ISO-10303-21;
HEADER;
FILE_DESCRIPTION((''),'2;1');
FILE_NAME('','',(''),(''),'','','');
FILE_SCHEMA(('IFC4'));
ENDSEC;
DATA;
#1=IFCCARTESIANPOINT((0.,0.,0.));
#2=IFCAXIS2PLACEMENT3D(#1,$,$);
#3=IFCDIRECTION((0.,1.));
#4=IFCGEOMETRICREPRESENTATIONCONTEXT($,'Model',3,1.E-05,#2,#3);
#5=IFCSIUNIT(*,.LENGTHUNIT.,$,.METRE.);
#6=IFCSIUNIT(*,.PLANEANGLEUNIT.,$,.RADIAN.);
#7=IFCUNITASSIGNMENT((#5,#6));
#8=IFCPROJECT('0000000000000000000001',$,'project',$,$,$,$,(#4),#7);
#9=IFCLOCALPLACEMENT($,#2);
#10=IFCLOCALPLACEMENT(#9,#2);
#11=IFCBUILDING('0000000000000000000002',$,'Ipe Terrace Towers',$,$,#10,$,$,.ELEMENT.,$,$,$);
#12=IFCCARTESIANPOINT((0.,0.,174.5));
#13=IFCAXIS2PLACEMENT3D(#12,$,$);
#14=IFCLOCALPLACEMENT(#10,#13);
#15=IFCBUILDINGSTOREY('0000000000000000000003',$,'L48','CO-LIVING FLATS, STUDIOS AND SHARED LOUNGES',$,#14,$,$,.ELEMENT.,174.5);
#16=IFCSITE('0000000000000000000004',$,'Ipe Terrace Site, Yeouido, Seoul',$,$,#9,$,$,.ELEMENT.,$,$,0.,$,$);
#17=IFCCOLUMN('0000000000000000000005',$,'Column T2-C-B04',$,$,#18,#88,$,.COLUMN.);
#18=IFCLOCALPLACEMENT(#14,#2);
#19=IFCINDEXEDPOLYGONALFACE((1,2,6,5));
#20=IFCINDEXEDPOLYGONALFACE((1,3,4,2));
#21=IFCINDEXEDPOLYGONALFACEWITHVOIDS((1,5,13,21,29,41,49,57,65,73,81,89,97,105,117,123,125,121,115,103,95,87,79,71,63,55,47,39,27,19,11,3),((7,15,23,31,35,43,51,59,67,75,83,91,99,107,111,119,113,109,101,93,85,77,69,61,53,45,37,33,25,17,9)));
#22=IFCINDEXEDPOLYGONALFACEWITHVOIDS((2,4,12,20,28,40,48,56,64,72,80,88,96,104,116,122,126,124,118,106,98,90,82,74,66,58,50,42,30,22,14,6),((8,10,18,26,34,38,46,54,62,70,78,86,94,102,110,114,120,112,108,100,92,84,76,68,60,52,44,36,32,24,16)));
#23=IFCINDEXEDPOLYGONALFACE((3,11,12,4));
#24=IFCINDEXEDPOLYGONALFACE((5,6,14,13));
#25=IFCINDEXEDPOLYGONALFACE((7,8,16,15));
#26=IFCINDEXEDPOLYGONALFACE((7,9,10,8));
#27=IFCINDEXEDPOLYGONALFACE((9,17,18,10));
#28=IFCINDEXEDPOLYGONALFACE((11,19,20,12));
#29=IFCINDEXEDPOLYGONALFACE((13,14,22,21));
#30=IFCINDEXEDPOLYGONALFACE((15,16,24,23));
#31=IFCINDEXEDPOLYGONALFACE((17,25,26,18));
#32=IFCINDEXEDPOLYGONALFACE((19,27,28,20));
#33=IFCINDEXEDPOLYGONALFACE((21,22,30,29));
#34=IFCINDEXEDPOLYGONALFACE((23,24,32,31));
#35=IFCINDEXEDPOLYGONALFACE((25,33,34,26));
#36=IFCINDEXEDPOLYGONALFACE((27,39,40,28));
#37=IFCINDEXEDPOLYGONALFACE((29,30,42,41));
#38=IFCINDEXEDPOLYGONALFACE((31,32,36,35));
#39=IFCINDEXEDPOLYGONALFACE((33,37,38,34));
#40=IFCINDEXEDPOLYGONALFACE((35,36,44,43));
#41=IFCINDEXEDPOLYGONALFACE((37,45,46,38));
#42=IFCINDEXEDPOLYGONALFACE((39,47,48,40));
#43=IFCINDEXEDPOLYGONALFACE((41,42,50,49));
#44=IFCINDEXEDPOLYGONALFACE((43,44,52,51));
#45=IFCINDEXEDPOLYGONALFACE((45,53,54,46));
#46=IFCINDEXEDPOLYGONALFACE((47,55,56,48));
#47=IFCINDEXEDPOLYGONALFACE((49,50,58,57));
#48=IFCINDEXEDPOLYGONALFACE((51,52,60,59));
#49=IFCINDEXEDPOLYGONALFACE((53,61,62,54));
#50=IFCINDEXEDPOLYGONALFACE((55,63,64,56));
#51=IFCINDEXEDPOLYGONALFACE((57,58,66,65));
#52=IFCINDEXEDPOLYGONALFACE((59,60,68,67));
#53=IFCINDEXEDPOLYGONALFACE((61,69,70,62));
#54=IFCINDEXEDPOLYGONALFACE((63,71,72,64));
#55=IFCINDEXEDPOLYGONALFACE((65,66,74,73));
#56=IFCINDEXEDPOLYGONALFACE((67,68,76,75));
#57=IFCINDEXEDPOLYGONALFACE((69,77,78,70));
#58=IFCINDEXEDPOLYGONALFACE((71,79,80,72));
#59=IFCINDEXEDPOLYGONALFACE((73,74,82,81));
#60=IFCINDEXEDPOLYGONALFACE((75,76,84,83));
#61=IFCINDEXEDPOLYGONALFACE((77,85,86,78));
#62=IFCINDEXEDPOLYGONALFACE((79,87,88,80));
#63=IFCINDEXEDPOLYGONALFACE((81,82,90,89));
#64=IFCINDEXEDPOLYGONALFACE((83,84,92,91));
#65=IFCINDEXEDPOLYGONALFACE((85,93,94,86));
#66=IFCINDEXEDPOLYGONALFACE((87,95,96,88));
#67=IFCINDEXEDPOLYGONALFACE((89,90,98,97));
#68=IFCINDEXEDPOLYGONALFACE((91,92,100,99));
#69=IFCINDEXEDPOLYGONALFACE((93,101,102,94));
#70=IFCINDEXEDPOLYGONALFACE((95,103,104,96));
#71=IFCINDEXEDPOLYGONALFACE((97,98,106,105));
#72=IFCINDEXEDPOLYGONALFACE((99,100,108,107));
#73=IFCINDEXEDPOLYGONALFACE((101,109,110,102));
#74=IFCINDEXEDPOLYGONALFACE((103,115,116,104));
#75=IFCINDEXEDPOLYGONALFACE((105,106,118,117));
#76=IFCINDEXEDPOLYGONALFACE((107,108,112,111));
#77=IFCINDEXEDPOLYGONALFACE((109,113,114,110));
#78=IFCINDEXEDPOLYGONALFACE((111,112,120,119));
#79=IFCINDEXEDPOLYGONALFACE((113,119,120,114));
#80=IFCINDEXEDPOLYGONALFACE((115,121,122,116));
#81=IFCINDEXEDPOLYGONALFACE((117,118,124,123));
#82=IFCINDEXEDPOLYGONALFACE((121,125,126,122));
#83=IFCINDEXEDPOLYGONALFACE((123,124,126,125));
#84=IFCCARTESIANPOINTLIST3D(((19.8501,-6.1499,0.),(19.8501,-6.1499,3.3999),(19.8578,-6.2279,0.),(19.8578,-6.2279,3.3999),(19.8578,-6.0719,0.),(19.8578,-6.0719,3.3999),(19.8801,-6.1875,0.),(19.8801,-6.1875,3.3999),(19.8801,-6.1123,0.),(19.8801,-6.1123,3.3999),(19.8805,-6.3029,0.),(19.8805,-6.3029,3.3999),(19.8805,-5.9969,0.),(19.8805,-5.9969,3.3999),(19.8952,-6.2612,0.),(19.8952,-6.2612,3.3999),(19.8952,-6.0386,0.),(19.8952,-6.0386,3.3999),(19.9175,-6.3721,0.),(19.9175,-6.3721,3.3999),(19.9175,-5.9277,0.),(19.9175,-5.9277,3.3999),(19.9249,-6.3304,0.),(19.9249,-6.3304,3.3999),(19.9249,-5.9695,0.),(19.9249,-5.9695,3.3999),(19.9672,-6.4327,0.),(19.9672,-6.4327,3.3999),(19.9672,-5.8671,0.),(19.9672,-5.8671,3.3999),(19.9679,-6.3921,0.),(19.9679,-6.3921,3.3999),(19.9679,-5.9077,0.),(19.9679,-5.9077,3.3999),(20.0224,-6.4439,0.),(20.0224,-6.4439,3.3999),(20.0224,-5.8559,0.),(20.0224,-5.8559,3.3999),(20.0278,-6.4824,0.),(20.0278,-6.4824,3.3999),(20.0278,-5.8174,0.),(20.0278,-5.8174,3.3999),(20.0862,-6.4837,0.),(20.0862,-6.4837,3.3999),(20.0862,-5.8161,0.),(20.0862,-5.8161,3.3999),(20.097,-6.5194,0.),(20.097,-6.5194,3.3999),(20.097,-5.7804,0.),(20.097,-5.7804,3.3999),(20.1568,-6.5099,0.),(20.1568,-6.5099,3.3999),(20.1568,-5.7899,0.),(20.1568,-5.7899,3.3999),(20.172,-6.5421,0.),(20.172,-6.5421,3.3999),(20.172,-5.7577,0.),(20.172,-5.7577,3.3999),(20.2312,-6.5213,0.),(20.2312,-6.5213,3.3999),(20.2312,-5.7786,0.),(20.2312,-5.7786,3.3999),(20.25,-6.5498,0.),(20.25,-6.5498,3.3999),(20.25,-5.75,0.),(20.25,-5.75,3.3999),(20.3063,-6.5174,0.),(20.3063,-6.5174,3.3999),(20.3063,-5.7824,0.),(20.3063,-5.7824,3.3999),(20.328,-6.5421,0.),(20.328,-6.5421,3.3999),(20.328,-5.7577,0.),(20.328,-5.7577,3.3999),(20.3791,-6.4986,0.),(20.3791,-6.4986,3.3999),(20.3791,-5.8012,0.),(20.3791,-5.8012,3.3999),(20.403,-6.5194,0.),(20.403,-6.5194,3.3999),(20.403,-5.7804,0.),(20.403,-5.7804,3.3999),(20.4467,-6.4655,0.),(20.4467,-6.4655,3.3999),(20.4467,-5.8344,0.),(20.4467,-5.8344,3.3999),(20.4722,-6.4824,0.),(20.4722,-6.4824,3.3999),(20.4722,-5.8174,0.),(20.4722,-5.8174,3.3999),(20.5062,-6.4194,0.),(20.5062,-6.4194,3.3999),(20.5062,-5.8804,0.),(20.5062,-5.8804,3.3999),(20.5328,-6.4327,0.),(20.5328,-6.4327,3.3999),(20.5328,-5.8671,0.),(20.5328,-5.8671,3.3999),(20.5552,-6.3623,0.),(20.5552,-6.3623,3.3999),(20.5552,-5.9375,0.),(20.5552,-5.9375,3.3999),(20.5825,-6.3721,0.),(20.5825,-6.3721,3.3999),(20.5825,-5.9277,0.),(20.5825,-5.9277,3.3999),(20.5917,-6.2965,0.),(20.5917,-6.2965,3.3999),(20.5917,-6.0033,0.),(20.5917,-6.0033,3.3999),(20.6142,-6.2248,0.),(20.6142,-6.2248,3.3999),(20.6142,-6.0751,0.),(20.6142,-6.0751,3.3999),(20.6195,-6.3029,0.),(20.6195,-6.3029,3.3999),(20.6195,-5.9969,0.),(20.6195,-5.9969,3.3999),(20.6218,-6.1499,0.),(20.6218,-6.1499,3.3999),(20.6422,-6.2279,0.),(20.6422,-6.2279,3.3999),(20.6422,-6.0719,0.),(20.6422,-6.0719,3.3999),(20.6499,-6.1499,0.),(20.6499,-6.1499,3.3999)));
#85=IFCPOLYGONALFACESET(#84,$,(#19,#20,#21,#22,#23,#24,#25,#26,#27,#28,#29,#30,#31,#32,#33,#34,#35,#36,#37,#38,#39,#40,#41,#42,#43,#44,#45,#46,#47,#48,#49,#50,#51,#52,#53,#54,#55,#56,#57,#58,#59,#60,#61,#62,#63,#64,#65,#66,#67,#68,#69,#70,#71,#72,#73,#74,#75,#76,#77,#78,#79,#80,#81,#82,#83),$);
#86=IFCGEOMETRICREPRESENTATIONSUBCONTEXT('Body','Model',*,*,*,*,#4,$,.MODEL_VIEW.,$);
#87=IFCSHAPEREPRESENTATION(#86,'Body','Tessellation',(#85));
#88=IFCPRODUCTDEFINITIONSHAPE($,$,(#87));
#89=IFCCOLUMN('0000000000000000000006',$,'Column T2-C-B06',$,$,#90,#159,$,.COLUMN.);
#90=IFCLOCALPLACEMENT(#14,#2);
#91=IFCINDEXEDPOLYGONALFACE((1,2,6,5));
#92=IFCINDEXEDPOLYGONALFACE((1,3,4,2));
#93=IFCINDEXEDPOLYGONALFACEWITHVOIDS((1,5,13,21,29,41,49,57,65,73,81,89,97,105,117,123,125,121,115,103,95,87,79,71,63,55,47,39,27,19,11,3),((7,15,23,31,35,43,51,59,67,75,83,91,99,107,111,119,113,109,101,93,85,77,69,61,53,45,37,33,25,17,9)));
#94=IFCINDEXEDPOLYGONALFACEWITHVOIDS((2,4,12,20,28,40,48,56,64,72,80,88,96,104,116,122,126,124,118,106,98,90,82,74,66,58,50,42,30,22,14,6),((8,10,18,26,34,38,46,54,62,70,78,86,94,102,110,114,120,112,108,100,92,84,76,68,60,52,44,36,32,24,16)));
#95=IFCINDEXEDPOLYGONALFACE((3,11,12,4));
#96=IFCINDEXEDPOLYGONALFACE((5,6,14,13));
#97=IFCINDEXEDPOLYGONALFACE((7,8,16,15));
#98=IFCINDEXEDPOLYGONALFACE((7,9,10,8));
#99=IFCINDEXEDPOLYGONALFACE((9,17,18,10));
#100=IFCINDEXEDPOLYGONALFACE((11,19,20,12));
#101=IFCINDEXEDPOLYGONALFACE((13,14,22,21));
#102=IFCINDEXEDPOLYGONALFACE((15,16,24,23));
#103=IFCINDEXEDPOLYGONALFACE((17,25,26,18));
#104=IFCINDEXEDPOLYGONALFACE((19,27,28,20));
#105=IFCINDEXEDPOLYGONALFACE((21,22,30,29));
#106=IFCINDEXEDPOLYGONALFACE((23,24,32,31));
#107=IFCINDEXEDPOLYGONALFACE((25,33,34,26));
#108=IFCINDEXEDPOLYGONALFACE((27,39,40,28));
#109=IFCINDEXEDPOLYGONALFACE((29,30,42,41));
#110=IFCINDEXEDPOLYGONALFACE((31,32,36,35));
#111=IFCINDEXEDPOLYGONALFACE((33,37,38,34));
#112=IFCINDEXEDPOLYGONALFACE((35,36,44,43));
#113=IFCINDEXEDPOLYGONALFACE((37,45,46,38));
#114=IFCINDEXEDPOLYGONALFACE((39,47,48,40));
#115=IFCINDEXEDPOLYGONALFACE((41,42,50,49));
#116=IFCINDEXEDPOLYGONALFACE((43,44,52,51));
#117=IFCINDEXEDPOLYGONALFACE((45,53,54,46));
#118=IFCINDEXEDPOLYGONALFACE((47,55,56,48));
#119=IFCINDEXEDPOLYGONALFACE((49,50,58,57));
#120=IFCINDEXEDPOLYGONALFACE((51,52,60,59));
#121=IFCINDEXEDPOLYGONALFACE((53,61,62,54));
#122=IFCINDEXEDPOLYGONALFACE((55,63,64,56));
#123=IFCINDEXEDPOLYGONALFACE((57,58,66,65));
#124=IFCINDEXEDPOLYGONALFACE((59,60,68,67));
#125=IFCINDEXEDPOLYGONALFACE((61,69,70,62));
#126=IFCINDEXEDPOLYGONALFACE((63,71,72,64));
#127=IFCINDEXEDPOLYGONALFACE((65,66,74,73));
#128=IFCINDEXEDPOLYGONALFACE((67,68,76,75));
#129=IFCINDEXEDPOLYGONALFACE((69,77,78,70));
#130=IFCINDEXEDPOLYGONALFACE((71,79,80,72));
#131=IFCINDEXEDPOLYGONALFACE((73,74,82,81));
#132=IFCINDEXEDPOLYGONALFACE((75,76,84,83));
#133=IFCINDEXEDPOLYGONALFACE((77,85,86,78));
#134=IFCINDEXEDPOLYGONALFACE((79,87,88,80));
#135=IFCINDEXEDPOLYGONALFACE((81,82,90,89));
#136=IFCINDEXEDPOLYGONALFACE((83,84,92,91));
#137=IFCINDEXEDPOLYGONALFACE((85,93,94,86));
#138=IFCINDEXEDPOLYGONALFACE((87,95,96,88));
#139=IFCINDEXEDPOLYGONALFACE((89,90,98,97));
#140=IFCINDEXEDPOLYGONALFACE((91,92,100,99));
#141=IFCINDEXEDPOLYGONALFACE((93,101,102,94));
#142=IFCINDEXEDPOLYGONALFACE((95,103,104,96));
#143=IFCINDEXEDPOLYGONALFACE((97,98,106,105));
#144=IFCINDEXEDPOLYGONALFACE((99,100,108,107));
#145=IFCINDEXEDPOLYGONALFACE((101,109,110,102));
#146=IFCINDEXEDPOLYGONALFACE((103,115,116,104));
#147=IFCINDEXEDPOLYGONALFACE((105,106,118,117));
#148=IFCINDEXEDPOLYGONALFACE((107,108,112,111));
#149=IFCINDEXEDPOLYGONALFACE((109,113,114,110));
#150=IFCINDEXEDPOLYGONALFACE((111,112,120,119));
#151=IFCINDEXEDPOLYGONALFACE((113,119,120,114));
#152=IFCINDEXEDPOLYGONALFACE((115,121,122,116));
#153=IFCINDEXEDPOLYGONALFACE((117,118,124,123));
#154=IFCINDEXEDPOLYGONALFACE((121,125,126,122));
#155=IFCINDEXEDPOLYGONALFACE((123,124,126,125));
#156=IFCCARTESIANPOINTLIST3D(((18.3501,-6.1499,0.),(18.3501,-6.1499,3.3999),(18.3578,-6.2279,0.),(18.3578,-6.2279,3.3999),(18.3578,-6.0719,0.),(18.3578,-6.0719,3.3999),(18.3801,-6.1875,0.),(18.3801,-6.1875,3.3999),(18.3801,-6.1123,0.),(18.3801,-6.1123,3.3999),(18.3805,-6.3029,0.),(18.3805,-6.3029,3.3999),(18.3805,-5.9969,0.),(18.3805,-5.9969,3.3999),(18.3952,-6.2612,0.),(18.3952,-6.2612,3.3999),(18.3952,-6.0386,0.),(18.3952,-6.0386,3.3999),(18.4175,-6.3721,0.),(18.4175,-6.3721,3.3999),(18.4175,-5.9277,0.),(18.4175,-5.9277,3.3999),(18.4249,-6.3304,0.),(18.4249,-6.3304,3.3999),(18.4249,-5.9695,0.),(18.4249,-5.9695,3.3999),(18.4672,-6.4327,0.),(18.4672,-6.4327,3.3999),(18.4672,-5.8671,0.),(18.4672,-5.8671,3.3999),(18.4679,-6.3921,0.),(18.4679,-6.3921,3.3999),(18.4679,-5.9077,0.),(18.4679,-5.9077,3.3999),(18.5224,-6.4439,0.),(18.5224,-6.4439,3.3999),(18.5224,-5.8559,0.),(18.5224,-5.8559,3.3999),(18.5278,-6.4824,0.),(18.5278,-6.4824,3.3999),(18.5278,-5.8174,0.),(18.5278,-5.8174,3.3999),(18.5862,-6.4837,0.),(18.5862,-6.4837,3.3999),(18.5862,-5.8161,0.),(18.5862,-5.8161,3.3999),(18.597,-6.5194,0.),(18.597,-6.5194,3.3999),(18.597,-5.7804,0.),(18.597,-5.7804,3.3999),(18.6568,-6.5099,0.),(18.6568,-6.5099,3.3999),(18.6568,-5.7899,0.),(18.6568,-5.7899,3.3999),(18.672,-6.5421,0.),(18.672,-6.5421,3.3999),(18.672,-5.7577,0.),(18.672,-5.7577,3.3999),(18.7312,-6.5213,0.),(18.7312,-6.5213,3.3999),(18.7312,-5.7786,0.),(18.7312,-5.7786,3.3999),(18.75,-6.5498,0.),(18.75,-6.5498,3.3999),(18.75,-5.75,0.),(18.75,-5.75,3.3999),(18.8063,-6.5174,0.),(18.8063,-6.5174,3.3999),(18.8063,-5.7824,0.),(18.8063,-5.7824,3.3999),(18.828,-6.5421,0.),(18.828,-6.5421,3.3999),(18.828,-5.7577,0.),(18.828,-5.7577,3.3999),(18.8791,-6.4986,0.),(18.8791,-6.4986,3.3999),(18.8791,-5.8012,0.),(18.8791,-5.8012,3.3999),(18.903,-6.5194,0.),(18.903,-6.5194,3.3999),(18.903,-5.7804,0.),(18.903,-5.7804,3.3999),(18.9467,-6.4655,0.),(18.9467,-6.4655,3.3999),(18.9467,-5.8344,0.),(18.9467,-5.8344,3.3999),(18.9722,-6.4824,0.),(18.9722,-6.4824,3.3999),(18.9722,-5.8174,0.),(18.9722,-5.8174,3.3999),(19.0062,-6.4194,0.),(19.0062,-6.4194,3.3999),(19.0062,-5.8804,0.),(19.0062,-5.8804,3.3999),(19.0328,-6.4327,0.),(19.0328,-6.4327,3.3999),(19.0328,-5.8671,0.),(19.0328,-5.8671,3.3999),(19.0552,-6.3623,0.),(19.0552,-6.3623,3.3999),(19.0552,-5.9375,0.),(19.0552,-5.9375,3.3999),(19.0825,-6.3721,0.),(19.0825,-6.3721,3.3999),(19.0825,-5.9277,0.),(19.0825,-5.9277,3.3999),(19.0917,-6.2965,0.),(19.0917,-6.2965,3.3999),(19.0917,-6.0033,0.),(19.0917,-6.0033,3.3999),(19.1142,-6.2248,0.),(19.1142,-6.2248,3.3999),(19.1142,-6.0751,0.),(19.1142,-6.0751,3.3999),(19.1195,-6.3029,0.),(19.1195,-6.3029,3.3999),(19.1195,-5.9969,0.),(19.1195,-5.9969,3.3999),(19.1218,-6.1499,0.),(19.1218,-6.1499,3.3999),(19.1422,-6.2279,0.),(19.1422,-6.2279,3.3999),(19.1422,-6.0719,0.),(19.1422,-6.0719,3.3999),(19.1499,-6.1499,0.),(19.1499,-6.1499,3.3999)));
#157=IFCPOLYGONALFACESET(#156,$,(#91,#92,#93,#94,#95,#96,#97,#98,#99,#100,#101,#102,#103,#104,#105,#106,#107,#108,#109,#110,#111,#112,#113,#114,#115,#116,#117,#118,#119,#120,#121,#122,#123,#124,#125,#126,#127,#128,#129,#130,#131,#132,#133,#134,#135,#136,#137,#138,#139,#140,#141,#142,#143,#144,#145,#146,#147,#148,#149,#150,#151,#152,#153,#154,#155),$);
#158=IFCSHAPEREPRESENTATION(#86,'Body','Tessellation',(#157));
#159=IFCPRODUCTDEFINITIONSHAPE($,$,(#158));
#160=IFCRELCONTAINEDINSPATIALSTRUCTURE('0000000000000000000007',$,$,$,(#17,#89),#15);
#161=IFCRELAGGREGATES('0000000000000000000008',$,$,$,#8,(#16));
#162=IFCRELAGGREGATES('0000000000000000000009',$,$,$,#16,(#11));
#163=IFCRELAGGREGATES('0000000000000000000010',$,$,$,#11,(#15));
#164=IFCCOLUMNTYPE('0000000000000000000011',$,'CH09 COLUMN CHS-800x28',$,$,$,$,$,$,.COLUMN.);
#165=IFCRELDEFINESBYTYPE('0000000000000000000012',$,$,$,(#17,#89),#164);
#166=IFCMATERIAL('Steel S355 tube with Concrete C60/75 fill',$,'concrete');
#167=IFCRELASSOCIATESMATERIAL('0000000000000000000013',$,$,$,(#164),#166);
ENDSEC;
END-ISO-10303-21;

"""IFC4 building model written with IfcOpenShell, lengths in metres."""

from ifc_helpers import new_model, si_unit, direction, frame, origin, origin_2d, place, context, subcontext, project, spatial, hollow_circle, extrude, material, material_profile, profile_set, type_object, element, save


model = new_model("IFC4")

# Units and contexts
model_context = context("Model", 3, precision=1e-05, world=origin(), true_north=direction((0.0, 1.0)))
body_context = subcontext(model_context, "Body", "Model", "MODEL_VIEW")
ifc_project = project(units=[si_unit("LENGTHUNIT", "METRE"), si_unit("PLANEANGLEUNIT", "RADIAN")], contexts=[model_context])

# Site, building, storey
site_placement = place(None, origin())
site = spatial("IfcSite", under=ifc_project, at=site_placement, Name="Ipe Terrace Site, Yeouido, Seoul", CompositionType="ELEMENT", RefElevation=0.0)
building_placement = place(site_placement, origin())
building = spatial("IfcBuilding", under=site, at=building_placement, Name="Ipe Terrace Towers", CompositionType="ELEMENT")
storey_placement = place(building_placement, frame((0.0, 0.0, 174.5)))
storey = spatial("IfcBuildingStorey", under=building, at=storey_placement, Name="L48", Description="CO-LIVING FLATS, STUDIOS AND SHARED LOUNGES", CompositionType="ELEMENT", Elevation=174.5)

# Columns
ifc_material_1 = material(Name="Steel S355 tube with Concrete C60/75 fill", Category="concrete")
ifc_material_profile_1 = material_profile(ifc_material_1, hollow_circle(Radius=0.3999, WallThickness=0.0281, at=origin_2d()), Name="CHS-800x28")
ifc_profile_set_1 = profile_set([ifc_material_profile_1], Name="Steel S355 tube with Concrete C60/75 fill")
column_type = type_object("IfcColumnType", Name="CH09 COLUMN CHS-800x28", PredefinedType="COLUMN", material=ifc_profile_set_1)
for number, where, z_axis, x_axis, name in (
    (1, (20.25, -6.1499, 0.0), (0.0, 0.0, 1.0), (1.0, 0.0, 0.0), "Column T2-C-B04"),
    (2, (18.75, -6.1499, 0.0), (0.0, 0.0, 1.0), (1.0, 0.0, 0.0), "Column T2-C-B06"),
):
    element("IfcColumn", number, at=place(storey_placement, frame(where, z_axis=z_axis, x_axis=x_axis)), inside=storey, type_object=column_type, Name=name, PredefinedType="COLUMN", context=body_context, shape_type="SweptSolid", body=[
        extrude(hollow_circle(Radius=0.3999, WallThickness=0.0281, at=origin_2d()), origin(), (0.0, 0.0, 1.0), 3.3999),
    ])

save(model, "model.ifc")
